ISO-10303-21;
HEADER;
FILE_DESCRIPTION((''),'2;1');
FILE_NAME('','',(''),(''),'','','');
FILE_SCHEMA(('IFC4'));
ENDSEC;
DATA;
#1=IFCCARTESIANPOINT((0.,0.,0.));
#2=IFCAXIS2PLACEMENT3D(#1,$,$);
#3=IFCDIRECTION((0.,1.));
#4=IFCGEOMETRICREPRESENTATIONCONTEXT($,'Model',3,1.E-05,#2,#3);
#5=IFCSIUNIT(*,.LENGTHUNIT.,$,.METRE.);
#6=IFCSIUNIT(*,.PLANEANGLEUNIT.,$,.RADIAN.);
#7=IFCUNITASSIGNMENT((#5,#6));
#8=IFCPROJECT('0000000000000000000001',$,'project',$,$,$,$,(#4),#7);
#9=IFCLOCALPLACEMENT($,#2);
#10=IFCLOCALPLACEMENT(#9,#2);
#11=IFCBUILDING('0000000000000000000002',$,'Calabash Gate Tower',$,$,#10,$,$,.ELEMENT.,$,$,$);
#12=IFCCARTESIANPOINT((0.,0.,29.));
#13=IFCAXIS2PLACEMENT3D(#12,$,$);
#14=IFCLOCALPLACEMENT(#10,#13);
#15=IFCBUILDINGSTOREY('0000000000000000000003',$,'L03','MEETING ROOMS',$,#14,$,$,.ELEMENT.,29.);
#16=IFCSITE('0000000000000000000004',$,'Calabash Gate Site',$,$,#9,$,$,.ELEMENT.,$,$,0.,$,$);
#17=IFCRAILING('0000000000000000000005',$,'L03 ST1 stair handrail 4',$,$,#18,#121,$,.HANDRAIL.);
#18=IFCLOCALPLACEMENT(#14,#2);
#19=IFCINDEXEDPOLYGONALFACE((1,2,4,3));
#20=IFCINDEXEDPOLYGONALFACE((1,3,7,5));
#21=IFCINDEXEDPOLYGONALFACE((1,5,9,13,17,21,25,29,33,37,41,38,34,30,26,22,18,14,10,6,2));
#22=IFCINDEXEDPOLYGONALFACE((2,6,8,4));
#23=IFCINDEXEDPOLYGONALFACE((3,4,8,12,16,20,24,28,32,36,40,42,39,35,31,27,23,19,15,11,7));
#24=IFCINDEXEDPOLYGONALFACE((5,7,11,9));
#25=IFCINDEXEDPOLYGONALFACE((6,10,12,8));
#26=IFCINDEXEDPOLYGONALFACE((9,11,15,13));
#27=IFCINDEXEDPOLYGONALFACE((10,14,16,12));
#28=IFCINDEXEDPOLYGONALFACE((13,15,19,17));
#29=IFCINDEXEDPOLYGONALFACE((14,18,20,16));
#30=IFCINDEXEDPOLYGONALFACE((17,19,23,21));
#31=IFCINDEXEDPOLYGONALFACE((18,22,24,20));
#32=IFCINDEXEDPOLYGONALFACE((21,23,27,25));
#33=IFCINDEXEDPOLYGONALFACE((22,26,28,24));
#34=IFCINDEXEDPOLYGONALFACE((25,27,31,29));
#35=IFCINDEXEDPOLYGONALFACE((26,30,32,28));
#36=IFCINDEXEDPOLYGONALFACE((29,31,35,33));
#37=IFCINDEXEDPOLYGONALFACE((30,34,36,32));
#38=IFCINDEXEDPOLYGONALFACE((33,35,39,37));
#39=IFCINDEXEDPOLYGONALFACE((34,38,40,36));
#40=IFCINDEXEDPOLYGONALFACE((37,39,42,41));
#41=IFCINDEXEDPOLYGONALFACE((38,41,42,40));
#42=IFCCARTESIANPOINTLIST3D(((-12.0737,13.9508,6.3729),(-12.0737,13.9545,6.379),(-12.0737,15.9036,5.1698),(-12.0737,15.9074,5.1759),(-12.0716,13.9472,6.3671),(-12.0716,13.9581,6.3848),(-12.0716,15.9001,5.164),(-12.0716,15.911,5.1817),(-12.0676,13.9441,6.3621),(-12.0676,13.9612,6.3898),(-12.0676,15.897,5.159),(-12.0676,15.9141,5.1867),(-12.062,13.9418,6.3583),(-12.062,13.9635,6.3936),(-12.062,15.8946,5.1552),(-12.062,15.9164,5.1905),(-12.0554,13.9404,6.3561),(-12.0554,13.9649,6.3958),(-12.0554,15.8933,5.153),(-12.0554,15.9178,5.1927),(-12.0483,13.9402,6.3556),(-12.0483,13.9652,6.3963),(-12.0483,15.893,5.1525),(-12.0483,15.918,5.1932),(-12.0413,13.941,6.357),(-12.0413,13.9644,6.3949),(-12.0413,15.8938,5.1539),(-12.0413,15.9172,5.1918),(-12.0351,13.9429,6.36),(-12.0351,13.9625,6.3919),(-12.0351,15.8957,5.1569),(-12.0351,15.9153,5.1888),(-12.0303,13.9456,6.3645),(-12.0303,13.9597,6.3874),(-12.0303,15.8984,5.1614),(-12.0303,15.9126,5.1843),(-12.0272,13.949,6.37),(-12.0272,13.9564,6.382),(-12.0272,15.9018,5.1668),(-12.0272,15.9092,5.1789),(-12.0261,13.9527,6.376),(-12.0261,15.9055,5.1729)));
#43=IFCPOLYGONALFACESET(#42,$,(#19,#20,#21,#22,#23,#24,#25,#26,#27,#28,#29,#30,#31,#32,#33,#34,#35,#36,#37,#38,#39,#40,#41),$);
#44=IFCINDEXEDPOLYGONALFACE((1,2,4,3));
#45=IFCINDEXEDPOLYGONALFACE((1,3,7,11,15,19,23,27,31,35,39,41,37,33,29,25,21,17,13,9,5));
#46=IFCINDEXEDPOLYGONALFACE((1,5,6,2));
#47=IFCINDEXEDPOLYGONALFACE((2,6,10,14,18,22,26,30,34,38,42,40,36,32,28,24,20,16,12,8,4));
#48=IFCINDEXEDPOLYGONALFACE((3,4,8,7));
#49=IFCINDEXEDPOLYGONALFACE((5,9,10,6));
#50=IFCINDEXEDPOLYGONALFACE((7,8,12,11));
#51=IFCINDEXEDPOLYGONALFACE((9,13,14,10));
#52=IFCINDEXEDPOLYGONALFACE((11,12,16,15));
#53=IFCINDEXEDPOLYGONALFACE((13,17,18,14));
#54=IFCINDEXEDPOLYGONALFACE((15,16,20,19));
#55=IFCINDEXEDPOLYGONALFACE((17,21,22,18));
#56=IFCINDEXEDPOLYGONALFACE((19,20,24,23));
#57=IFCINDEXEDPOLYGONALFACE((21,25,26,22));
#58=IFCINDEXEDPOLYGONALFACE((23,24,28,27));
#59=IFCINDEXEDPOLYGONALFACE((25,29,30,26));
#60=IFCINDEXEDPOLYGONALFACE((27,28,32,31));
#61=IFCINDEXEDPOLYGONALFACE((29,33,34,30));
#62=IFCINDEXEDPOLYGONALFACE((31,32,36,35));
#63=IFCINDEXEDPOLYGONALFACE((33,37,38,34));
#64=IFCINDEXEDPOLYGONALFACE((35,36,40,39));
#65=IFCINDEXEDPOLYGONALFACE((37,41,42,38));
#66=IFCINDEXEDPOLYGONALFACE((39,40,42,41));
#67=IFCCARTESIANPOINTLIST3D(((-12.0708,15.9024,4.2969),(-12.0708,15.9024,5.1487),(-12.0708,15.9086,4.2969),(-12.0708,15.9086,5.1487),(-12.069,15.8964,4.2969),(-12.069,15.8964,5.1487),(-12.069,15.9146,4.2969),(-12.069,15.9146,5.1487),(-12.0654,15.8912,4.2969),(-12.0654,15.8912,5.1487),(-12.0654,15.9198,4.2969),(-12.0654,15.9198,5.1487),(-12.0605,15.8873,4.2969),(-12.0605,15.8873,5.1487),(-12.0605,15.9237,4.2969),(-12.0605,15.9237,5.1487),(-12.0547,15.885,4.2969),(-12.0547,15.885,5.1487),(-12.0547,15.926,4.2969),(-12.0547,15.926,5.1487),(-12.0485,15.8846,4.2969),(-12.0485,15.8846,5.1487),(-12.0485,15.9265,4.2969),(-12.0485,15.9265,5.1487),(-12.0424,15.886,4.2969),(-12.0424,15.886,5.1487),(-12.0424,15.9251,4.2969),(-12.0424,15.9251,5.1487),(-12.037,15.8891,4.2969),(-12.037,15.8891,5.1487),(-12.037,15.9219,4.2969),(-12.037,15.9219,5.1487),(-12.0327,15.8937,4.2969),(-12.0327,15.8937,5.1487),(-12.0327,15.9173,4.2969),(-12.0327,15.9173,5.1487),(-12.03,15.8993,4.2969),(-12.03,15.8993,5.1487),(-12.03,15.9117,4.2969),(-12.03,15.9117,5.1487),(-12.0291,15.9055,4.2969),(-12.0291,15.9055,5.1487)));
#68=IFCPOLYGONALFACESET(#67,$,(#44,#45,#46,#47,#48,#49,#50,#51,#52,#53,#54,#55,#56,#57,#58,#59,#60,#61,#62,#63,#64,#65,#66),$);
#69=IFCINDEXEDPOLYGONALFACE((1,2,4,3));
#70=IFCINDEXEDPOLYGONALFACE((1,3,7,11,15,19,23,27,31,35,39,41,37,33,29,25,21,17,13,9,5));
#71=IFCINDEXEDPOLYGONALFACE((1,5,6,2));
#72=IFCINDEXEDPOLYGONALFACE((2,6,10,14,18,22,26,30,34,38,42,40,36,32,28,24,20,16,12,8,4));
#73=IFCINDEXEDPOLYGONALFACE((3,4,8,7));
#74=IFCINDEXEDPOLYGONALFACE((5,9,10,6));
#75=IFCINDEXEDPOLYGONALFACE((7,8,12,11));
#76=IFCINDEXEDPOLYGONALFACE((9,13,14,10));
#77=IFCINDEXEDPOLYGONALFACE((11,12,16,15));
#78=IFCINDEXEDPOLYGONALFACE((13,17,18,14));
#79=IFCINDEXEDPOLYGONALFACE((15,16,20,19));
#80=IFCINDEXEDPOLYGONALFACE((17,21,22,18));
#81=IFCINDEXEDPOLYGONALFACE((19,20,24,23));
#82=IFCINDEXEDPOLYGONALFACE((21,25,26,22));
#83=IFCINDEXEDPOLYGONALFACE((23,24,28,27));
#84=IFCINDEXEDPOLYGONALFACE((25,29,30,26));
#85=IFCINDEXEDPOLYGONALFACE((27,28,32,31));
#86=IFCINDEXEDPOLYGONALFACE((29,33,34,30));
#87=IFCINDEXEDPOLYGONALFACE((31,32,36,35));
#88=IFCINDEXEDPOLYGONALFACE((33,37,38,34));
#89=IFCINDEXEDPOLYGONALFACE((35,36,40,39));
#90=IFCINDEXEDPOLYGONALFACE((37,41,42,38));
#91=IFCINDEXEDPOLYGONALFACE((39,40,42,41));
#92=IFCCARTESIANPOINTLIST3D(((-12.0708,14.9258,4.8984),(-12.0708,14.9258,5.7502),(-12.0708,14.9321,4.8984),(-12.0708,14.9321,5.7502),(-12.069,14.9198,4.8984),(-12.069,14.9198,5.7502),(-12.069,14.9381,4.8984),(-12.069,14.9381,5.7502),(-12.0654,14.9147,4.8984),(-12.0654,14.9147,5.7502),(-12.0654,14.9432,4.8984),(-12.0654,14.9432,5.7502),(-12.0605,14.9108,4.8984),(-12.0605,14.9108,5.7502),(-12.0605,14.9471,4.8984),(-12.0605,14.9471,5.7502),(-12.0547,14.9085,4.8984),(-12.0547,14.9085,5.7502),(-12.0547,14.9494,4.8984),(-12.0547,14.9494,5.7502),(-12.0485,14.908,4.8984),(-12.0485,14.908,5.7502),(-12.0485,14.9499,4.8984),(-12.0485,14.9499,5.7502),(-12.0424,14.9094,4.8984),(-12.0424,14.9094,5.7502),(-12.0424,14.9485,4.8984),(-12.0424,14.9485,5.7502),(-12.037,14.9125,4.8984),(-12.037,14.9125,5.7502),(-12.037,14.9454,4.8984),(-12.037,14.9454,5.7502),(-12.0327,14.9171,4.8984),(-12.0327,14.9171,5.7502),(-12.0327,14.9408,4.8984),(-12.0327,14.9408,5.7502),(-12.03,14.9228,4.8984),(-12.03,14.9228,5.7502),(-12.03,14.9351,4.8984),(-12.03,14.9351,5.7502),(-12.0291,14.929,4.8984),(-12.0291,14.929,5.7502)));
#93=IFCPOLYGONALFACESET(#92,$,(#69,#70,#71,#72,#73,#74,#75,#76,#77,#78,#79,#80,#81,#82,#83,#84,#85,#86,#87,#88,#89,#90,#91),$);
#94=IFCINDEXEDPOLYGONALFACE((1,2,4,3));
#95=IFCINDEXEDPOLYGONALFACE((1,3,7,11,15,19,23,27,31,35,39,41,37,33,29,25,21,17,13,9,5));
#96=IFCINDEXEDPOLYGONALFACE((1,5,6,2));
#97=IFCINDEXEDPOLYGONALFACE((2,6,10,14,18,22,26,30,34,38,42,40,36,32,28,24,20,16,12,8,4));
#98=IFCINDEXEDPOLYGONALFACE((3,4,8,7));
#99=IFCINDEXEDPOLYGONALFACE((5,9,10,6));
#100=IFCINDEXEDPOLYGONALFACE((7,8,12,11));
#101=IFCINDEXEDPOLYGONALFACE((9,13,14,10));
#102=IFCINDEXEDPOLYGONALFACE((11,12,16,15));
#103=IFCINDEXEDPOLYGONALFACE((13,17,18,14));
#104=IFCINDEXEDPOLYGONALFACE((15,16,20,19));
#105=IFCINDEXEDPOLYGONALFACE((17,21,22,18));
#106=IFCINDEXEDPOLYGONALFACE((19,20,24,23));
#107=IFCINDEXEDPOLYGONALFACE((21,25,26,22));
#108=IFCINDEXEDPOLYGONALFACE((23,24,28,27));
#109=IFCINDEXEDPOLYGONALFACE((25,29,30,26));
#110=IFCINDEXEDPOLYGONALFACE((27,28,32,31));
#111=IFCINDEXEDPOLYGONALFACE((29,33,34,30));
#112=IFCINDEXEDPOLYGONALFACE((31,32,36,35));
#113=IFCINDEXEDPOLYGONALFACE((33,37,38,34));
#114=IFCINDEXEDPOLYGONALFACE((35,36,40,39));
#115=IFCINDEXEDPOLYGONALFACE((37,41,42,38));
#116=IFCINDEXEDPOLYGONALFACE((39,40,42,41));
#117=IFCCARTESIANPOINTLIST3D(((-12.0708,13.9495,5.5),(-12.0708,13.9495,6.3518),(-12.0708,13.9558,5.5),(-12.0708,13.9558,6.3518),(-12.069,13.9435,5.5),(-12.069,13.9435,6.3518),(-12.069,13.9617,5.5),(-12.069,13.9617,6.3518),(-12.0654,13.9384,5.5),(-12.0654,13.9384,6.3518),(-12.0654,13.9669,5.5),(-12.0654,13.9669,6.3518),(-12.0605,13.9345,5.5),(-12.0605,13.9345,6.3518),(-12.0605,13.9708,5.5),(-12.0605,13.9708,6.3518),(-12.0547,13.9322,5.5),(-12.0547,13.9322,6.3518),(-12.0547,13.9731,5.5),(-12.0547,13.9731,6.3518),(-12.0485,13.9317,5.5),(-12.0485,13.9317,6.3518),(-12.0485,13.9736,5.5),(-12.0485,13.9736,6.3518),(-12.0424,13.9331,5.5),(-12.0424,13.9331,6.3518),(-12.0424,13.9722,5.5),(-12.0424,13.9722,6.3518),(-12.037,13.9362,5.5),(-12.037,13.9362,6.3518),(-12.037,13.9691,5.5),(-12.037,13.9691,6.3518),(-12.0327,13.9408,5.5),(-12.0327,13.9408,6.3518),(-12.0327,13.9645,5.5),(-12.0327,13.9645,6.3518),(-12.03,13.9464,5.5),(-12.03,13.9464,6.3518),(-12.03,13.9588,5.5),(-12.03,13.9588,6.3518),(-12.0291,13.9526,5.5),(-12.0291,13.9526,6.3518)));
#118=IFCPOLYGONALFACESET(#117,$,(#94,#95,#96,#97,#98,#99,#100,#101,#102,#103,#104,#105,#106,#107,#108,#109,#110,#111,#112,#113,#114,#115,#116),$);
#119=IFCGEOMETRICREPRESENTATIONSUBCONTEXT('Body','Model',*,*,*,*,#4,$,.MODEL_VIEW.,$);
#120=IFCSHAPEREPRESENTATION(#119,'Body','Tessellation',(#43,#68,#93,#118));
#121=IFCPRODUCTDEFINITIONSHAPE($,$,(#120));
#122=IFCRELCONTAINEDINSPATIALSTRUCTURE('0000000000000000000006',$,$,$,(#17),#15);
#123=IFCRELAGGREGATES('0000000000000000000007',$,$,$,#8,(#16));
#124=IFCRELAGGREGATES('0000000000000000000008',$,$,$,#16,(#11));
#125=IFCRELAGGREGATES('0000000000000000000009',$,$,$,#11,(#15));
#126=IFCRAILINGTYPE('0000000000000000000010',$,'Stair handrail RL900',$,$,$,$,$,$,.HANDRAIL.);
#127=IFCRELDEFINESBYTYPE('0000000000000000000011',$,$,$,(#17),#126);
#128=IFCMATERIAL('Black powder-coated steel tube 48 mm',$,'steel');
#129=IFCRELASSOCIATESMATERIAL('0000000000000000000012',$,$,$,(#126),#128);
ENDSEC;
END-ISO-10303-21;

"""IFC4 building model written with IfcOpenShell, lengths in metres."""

from ifc_helpers import new_model, si_unit, direction, frame, origin, origin_2d, place, context, subcontext, project, spatial, circle, extrude, material, type_object, element, save


model = new_model("IFC4")

# Units and contexts
model_context = context("Model", 3, precision=1e-05, world=origin(), true_north=direction((0.0, 1.0)))
body_context = subcontext(model_context, "Body", "Model", "MODEL_VIEW")
ifc_project = project(units=[si_unit("LENGTHUNIT", "METRE"), si_unit("PLANEANGLEUNIT", "RADIAN")], contexts=[model_context])

# Site, building, storey
site_placement = place(None, origin())
site = spatial("IfcSite", under=ifc_project, at=site_placement, Name="Calabash Gate Site", CompositionType="ELEMENT", RefElevation=0.0)
building_placement = place(site_placement, origin())
building = spatial("IfcBuilding", under=site, at=building_placement, Name="Calabash Gate Tower", CompositionType="ELEMENT")
storey_placement = place(building_placement, frame((0.0, 0.0, 29.0)))
storey = spatial("IfcBuildingStorey", under=building, at=storey_placement, Name="L03", Description="MEETING ROOMS", CompositionType="ELEMENT", Elevation=29.0)

# Railing
ifc_material_1 = material(Name="Black powder-coated steel tube 48 mm", Category="steel")
railing_type_1 = type_object("IfcRailingType", Name="Stair handrail RL900", PredefinedType="HANDRAIL", material=ifc_material_1)
railing_1_placement = place(storey_placement, frame((-12.05, 15.9055, 4.2969)))
element("IfcRailing", 1, at=railing_1_placement, inside=storey, type_object=railing_type_1, Name="L03 ST1 stair handrail 4", PredefinedType="HANDRAIL", context=body_context, shape_type="SweptSolid", body=[
    extrude(circle(Radius=0.0239, at=origin_2d()), frame((0.0, 0.0, 0.876), z_axis=(0.0, -0.851395, 0.524525), x_axis=(1.0, 0.0, 0.0)), (0.0, 0.0, 1.0), 2.2937),
    extrude(circle(Radius=0.021, at=origin_2d()), origin(), (0.0, 0.0, 1.0), 0.8518),
    extrude(circle(Radius=0.021, at=origin_2d()), frame((0.0, -0.9766, 0.6016)), (0.0, 0.0, 1.0), 0.8518),
    extrude(circle(Radius=0.021, at=origin_2d()), frame((0.0, -1.9529, 1.2031)), (0.0, 0.0, 1.0), 0.8518),
])

save(model, "model.ifc")
